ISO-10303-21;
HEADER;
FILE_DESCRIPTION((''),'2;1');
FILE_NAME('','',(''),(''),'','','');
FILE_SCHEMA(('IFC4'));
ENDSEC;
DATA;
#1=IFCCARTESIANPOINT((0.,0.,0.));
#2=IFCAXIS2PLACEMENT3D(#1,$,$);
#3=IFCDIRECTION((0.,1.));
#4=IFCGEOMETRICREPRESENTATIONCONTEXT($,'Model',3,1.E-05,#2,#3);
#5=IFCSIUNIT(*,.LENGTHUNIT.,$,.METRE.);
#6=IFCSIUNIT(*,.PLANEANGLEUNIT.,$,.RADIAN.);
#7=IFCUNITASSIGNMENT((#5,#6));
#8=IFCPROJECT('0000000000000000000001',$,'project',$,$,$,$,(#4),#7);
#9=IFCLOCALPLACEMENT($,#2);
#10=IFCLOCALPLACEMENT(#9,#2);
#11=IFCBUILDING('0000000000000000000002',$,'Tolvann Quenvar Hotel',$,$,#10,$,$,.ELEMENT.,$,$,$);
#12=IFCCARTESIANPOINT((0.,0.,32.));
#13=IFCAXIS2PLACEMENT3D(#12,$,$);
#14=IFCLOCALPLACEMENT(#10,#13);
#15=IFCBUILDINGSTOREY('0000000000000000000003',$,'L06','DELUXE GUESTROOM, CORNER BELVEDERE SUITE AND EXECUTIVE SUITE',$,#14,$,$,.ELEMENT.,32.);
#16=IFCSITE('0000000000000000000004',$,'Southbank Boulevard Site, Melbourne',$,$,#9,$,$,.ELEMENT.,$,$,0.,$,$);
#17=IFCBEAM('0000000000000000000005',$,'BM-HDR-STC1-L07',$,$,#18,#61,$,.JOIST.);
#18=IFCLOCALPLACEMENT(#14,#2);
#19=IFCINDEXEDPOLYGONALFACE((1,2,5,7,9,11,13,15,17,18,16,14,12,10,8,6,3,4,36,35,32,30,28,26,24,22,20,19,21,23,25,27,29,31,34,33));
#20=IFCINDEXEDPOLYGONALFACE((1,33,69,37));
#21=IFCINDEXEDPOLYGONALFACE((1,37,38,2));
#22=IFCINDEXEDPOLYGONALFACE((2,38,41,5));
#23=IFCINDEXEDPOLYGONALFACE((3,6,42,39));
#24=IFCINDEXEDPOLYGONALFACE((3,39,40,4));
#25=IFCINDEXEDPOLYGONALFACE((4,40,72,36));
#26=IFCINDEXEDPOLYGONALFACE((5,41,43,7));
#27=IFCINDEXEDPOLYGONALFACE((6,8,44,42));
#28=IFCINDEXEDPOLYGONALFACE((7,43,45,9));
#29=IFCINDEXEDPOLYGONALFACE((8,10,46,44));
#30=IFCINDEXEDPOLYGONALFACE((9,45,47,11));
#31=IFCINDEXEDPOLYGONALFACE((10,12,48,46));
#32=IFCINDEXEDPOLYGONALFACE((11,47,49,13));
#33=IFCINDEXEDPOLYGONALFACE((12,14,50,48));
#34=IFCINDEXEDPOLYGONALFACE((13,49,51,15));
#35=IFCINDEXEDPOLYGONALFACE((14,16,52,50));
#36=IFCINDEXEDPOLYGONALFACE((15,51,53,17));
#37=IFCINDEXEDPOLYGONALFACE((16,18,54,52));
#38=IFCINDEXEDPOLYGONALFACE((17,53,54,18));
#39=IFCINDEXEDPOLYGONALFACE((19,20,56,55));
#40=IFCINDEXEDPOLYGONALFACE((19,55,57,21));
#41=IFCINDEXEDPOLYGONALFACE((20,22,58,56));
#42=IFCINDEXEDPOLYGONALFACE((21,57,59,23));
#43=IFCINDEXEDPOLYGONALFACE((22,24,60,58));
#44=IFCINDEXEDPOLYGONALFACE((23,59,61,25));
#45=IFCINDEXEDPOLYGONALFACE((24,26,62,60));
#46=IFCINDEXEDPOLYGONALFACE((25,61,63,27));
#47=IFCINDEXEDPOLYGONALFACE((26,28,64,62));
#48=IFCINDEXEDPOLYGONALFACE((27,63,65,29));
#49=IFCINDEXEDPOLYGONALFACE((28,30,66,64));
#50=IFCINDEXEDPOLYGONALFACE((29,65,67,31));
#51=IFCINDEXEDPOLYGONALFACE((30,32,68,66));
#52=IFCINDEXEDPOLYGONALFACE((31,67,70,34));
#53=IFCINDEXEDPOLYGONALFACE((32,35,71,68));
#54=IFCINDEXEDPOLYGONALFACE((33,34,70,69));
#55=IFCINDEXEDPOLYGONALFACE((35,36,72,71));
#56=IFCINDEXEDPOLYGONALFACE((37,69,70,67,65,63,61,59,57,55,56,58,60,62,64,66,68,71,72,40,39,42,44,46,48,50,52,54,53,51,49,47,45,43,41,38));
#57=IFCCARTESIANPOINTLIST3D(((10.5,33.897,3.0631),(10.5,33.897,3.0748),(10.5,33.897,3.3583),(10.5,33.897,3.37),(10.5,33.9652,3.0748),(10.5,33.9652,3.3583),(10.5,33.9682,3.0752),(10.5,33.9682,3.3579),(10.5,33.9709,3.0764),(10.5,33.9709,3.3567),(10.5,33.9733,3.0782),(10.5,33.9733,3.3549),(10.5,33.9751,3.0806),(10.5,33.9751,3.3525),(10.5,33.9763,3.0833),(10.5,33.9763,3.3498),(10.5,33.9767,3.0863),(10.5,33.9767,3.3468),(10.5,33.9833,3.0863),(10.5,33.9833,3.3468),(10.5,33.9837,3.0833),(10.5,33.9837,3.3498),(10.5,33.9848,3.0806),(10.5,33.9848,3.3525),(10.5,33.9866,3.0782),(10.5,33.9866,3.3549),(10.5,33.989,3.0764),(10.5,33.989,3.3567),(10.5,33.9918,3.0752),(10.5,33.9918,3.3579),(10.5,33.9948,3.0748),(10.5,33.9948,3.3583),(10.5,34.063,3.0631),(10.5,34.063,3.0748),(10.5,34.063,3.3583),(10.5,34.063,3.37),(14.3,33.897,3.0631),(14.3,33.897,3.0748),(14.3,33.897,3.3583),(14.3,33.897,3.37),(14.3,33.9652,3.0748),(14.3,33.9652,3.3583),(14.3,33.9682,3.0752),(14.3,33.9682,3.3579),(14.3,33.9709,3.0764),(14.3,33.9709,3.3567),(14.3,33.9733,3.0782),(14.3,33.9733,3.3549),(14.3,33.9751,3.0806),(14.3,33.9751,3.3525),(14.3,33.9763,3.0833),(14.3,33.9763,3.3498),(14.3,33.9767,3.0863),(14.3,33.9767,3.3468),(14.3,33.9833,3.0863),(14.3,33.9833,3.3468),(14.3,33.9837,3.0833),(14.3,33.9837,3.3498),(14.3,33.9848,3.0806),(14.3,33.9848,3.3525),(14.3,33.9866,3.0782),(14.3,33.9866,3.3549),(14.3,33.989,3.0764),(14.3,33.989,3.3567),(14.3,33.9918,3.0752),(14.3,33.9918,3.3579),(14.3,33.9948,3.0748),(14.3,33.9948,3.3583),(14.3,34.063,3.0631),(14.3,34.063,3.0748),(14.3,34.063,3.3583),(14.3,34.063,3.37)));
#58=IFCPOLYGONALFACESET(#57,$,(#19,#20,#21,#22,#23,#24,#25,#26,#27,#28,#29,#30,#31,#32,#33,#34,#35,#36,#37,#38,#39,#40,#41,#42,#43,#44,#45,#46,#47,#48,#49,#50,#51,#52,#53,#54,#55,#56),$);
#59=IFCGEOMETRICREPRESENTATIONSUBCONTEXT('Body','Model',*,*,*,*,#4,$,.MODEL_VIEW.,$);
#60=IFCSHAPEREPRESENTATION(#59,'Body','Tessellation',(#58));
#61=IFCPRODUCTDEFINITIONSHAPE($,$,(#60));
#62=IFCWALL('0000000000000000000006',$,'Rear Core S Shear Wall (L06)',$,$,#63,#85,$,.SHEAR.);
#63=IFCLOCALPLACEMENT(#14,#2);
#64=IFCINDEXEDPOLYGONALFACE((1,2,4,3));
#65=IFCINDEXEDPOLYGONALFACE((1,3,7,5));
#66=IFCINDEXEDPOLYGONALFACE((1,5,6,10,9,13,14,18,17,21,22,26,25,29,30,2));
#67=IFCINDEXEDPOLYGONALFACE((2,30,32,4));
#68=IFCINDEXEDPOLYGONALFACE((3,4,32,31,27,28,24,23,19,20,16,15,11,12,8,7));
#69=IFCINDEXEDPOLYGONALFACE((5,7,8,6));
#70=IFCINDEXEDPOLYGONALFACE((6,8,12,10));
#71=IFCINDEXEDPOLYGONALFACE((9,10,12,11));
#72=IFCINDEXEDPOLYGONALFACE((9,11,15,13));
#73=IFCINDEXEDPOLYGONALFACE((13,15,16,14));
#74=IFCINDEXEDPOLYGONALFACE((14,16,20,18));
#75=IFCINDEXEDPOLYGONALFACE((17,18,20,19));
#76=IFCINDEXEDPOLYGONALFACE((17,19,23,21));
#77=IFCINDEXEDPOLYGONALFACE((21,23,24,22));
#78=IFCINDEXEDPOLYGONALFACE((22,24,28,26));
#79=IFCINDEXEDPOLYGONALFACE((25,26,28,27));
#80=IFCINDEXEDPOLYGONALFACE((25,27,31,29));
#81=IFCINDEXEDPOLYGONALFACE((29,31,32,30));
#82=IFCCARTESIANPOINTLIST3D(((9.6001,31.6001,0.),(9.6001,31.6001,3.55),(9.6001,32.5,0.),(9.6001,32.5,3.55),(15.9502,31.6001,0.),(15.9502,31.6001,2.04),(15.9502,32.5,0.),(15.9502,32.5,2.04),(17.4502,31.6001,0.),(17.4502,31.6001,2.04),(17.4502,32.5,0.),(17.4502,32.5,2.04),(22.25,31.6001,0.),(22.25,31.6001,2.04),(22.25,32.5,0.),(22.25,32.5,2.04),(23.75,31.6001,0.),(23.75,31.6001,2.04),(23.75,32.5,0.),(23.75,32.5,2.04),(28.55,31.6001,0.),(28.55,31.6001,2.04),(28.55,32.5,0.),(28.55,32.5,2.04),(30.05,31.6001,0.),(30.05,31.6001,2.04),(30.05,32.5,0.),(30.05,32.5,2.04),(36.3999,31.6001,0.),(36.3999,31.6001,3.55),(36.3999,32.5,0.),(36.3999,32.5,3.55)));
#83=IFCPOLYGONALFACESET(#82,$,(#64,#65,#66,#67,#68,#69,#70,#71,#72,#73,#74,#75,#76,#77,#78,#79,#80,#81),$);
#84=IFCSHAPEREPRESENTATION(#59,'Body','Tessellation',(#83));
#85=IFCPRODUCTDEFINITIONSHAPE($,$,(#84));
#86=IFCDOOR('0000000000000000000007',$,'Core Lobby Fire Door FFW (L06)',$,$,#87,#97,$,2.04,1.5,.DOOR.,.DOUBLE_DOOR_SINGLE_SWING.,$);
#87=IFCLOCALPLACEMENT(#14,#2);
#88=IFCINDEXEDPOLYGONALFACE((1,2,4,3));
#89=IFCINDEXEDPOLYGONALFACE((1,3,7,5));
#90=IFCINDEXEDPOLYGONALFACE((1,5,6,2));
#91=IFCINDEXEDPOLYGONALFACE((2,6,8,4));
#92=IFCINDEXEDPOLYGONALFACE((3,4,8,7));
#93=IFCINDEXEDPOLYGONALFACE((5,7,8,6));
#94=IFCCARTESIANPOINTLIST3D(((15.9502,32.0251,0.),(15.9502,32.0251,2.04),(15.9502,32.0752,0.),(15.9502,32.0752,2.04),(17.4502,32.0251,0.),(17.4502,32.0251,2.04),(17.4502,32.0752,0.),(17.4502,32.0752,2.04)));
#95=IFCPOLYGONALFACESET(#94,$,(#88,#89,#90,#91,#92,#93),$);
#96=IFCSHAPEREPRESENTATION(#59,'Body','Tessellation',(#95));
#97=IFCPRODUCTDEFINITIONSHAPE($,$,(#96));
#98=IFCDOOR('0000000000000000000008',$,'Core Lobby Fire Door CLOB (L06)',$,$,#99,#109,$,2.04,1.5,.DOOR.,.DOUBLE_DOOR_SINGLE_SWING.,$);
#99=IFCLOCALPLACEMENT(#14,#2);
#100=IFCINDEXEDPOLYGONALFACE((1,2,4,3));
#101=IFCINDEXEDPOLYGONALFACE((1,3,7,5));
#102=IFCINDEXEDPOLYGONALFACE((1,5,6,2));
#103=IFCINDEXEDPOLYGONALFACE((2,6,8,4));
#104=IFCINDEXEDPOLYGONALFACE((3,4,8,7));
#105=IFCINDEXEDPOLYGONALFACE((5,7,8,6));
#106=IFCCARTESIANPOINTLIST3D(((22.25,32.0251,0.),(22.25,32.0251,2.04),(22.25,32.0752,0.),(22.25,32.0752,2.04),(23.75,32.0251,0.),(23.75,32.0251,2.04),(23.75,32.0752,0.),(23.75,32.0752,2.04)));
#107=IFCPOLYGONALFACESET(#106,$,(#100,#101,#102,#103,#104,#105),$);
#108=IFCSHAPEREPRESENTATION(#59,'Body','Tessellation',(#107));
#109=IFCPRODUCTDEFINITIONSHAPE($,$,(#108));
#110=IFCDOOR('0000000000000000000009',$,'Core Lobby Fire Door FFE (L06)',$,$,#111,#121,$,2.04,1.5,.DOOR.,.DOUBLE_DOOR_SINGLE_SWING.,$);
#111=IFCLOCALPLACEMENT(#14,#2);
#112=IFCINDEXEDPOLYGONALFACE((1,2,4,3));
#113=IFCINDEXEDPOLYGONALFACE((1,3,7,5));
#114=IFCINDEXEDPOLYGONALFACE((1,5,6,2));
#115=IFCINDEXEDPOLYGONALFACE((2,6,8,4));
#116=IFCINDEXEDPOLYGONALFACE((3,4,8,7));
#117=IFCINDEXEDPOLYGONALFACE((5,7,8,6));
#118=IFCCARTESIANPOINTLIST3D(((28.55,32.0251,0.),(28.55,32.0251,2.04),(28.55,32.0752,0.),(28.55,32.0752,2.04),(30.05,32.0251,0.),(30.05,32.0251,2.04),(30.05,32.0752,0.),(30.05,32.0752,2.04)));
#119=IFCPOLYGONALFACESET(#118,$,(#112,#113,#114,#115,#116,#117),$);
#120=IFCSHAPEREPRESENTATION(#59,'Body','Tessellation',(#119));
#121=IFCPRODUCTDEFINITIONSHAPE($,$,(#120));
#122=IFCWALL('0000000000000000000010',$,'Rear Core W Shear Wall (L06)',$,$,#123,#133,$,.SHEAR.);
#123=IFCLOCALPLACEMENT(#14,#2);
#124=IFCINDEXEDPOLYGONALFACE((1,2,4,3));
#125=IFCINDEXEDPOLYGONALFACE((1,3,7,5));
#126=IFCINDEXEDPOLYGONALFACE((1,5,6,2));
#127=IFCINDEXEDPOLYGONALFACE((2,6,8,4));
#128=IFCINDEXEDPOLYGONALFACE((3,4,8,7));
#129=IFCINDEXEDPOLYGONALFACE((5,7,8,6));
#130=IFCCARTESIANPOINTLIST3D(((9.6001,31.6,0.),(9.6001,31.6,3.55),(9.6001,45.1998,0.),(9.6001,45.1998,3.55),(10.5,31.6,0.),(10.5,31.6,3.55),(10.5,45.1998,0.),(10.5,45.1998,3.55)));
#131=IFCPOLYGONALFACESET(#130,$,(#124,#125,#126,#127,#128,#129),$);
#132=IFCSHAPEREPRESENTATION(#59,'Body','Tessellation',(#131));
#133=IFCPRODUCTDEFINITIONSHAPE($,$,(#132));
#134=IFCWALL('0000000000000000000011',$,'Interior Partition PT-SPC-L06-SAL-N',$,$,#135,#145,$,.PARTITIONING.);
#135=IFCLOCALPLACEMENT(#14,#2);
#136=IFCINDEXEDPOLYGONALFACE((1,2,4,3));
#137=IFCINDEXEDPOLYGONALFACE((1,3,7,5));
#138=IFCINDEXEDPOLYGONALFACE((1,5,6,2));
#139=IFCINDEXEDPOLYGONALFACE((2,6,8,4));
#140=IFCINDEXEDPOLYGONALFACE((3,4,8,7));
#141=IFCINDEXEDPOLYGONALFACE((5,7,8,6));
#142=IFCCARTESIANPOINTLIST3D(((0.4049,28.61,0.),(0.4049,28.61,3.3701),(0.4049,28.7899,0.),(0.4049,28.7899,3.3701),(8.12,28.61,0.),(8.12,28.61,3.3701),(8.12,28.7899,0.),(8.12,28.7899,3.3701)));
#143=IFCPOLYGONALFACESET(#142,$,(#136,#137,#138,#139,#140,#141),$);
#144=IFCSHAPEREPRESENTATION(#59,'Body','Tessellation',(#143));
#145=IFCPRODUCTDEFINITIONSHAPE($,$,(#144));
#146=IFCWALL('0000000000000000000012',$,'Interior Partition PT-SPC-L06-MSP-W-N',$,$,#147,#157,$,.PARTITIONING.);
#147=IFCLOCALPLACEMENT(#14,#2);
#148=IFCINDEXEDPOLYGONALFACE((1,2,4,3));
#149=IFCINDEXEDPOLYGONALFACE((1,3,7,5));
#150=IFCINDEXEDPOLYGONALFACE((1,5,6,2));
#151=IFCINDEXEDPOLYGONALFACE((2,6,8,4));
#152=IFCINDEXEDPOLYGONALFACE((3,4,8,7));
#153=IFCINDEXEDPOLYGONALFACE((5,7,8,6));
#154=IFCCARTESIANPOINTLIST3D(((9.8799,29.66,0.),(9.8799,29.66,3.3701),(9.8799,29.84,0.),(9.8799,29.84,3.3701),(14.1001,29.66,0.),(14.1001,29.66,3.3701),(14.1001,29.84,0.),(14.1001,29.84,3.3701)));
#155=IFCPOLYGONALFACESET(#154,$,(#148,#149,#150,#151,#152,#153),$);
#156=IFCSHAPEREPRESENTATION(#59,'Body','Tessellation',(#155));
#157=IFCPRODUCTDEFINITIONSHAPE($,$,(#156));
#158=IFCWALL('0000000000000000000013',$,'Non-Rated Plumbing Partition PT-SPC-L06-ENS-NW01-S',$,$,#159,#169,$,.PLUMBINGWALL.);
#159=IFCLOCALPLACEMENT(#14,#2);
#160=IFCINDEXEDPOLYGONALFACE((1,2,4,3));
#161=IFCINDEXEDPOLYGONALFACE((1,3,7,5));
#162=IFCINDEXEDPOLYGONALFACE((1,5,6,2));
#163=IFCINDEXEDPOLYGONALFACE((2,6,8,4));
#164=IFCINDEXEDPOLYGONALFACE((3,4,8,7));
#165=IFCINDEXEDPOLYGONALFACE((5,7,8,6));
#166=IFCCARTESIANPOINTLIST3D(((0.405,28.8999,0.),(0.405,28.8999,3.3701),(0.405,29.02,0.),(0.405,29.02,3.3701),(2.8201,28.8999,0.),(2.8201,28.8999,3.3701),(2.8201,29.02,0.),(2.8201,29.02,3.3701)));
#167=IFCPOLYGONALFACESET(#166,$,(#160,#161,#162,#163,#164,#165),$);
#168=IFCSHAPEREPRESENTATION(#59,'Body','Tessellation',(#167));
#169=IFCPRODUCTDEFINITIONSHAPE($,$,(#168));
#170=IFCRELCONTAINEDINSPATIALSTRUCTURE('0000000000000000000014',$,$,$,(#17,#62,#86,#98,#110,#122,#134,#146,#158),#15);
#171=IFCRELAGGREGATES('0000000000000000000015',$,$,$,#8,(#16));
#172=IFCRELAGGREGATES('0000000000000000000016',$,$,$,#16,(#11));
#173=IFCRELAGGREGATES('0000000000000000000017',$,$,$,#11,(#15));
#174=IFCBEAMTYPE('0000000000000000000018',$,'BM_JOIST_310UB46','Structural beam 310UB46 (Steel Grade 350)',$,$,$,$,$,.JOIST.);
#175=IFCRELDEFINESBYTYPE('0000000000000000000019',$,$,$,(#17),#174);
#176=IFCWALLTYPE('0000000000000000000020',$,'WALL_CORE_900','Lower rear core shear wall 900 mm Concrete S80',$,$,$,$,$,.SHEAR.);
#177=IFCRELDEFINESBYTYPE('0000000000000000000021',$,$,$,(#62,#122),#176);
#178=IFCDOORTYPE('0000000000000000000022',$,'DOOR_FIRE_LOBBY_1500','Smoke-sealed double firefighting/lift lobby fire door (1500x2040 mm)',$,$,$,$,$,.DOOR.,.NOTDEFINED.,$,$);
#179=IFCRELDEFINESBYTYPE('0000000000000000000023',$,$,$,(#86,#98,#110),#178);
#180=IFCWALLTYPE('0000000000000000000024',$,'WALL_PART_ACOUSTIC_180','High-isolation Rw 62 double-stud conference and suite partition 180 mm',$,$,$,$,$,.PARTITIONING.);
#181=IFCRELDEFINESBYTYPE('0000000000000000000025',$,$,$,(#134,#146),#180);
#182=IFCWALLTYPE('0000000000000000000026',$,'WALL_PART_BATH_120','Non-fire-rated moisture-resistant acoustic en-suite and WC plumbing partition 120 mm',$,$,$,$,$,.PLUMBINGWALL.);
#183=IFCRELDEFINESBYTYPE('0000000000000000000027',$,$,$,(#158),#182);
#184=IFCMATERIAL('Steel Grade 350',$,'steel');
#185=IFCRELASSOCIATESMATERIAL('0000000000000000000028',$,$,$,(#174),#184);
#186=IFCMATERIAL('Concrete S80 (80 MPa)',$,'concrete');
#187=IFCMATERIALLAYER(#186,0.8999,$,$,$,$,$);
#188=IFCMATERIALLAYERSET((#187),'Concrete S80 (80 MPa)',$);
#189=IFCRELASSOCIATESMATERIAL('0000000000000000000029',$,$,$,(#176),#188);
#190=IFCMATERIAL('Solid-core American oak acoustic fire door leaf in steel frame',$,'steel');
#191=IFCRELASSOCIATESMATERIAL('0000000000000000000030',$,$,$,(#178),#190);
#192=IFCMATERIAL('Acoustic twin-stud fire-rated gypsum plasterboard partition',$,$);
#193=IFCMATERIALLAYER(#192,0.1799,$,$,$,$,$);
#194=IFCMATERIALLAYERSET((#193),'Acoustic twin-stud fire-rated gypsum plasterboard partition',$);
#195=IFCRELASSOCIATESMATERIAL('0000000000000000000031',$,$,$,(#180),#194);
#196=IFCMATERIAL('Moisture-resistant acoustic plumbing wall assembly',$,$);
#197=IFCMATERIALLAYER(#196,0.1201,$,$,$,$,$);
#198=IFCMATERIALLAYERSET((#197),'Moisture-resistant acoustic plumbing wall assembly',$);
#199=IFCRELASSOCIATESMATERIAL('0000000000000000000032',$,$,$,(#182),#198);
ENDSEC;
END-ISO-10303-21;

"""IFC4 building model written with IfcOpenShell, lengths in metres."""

from ifc_helpers import new_model, si_unit, direction, frame, frame_2d, origin, origin_2d, place, context, subcontext, project, spatial, rectangle, i_section, extrude, source, transform, mapped, material, layer, layer_set, material_profile, profile_set, type_object, type_shapes, element, fill, save


model = new_model("IFC4")

# Units and contexts
model_context = context("Model", 3, precision=1e-05, world=origin(), true_north=direction((0.0, 1.0)))
body_context = subcontext(model_context, "Body", "Model", "MODEL_VIEW")
ifc_project = project(units=[si_unit("LENGTHUNIT", "METRE"), si_unit("PLANEANGLEUNIT", "RADIAN")], contexts=[model_context])

# Site, building, storey
site_placement = place(None, origin())
site = spatial("IfcSite", under=ifc_project, at=site_placement, Name="Southbank Boulevard Site, Melbourne", CompositionType="ELEMENT", RefElevation=0.0)
building_placement = place(site_placement, origin())
building = spatial("IfcBuilding", under=site, at=building_placement, Name="Tolvann Quenvar Hotel", CompositionType="ELEMENT")
storey_placement = place(building_placement, frame((0.0, 0.0, 32.0)))
storey = spatial("IfcBuildingStorey", under=building, at=storey_placement, Name="L06", Description="DELUXE GUESTROOM, CORNER BELVEDERE SUITE AND EXECUTIVE SUITE", CompositionType="ELEMENT", Elevation=32.0)

# Beam
ifc_material_1 = material(Name="Steel Grade 350", Category="steel")
ifc_material_profile_1 = material_profile(ifc_material_1, i_section(OverallWidth=0.166, OverallDepth=0.3069, WebThickness=0.0066, FlangeThickness=0.0117, FilletRadius=0.0115, at=origin_2d()), Name="310UB46")
ifc_profile_set_1 = profile_set([ifc_material_profile_1], Name="Steel Grade 350")
beam_type_1 = type_object("IfcBeamType", Name="BM_JOIST_310UB46", Description="Structural beam 310UB46 (Steel Grade 350)", PredefinedType="JOIST", material=ifc_profile_set_1)
shared_shape_1 = source(origin(), body_context, "Body", "SweptSolid", [
    extrude(i_section(OverallWidth=0.166, OverallDepth=0.3069, WebThickness=0.0066, FlangeThickness=0.0117, FilletRadius=0.0115, at=origin_2d()), origin(), (0.0, 0.0, 1.0), 3.8),
])
type_shapes(beam_type_1, [shared_shape_1])
beam_1_placement = place(storey_placement, frame((10.5, 33.98, 3.2166), z_axis=(1.0, 0.0, 0.0), x_axis=(0.0, 1.0, 0.0)))
element("IfcBeam", 1, at=beam_1_placement, inside=storey, type_object=beam_type_1, Name="BM-HDR-STC1-L07", PredefinedType="JOIST", context=body_context, shape_type="MappedRepresentation", body=[
    mapped(shared_shape_1, transform((0.0, 0.0, 0.0), x_axis=(1.0, 0.0, 0.0), y_axis=(0.0, 1.0, 0.0), z_axis=(0.0, 0.0, 1.0), scale=1.0)),
])

# Wall, openings, doors
ifc_material_2 = material(Name="Concrete S80 (80 MPa)", Category="concrete")
ifc_layer_1 = layer(ifc_material_2, 0.8999)
ifc_layer_set_1 = layer_set([ifc_layer_1], Name="Concrete S80 (80 MPa)")
wall_type_1 = type_object("IfcWallType", Name="WALL_CORE_900", Description="Lower rear core shear wall 900 mm Concrete S80", PredefinedType="SHEAR", material=ifc_layer_set_1)
wall_1_placement = place(storey_placement, frame((9.6001, 32.05, 0.0), z_axis=(0.0, 0.0, 1.0), x_axis=(1.0, 0.0, 0.0)))
wall_1 = element("IfcWall", 2, at=wall_1_placement, inside=storey, type_object=wall_type_1, Name="Rear Core S Shear Wall (L06)", PredefinedType="SHEAR", context=body_context, shape_type="SweptSolid", body=[
    extrude(rectangle(XDim=26.7998, YDim=0.8999, at=frame_2d((13.3999, 0.0))), origin(), (0.0, 0.0, 1.0), 3.55),
])
opening_1_placement = place(wall_1_placement, frame((7.8501, 0.0, 0.0), z_axis=(0.0, 0.0, 1.0), x_axis=(-1.0, 0.0, 0.0)))
opening_1 = element("IfcOpeningElement", 3, at=opening_1_placement, cuts=wall_1, PredefinedType="OPENING", context=body_context, shape_type="SweptSolid", body=[
    extrude(rectangle(XDim=1.5, YDim=2.04, at=frame_2d((0.75, 1.02))), frame((0.0, 0.46, 0.0), z_axis=(0.0, -1.0, 0.0), x_axis=(1.0, 0.0, 0.0)), (0.0, 0.0, 1.0), 0.9199),
])
opening_2_placement = place(wall_1_placement, frame((14.1499, 0.0, 0.0), z_axis=(0.0, 0.0, 1.0), x_axis=(-1.0, 0.0, 0.0)))
opening_2 = element("IfcOpeningElement", 4, at=opening_2_placement, cuts=wall_1, PredefinedType="OPENING", context=body_context, shape_type="SweptSolid", body=[
    extrude(rectangle(XDim=1.5, YDim=2.04, at=frame_2d((0.75, 1.02))), frame((0.0, 0.46, 0.0), z_axis=(0.0, -1.0, 0.0), x_axis=(1.0, 0.0, 0.0)), (0.0, 0.0, 1.0), 0.9199),
])
opening_3_placement = place(wall_1_placement, frame((20.45, 0.0, 0.0), z_axis=(0.0, 0.0, 1.0), x_axis=(-1.0, 0.0, 0.0)))
opening_3 = element("IfcOpeningElement", 5, at=opening_3_placement, cuts=wall_1, PredefinedType="OPENING", context=body_context, shape_type="SweptSolid", body=[
    extrude(rectangle(XDim=1.5, YDim=2.04, at=frame_2d((0.75, 1.02))), frame((0.0, 0.46, 0.0), z_axis=(0.0, -1.0, 0.0), x_axis=(1.0, 0.0, 0.0)), (0.0, 0.0, 1.0), 0.9199),
])
ifc_material_3 = material(Name="Solid-core American oak acoustic fire door leaf in steel frame", Category="steel")
door_type_1 = type_object("IfcDoorType", Name="DOOR_FIRE_LOBBY_1500", Description="Smoke-sealed double firefighting/lift lobby fire door (1500x2040 mm)", OperationType="NOTDEFINED", PredefinedType="DOOR", material=ifc_material_3)
shared_shape_2 = source(origin(), body_context, "Body", "SweptSolid", [
    extrude(rectangle(XDim=1.5, YDim=2.04, at=frame_2d((0.75, 1.02))), frame((0.0, 0.0249, 0.0), z_axis=(0.0, -1.0, 0.0), x_axis=(1.0, 0.0, 0.0)), (0.0, 0.0, 1.0), 0.05),
])
type_shapes(door_type_1, [shared_shape_2])
door_1_placement = place(opening_1_placement, origin())
door_1 = element("IfcDoor", 6, at=door_1_placement, inside=storey, type_object=door_type_1, Name="Core Lobby Fire Door FFW (L06)", OperationType="DOUBLE_DOOR_SINGLE_SWING", OverallHeight=2.04, OverallWidth=1.5, PredefinedType="DOOR", context=body_context, shape_type="MappedRepresentation", body=[
    mapped(shared_shape_2, transform((0.0, 0.0, 0.0), x_axis=(1.0, 0.0, 0.0), y_axis=(0.0, 1.0, 0.0), z_axis=(0.0, 0.0, 1.0), scale=1.0)),
])
fill(opening_1, door_1)
door_2_placement = place(opening_2_placement, origin())
door_2 = element("IfcDoor", 7, at=door_2_placement, inside=storey, type_object=door_type_1, Name="Core Lobby Fire Door CLOB (L06)", OperationType="DOUBLE_DOOR_SINGLE_SWING", OverallHeight=2.04, OverallWidth=1.5, PredefinedType="DOOR", context=body_context, shape_type="MappedRepresentation", body=[
    mapped(shared_shape_2, transform((0.0, 0.0, 0.0), x_axis=(1.0, 0.0, 0.0), y_axis=(0.0, 1.0, 0.0), z_axis=(0.0, 0.0, 1.0), scale=1.0)),
])
fill(opening_2, door_2)
door_3_placement = place(opening_3_placement, origin())
door_3 = element("IfcDoor", 8, at=door_3_placement, inside=storey, type_object=door_type_1, Name="Core Lobby Fire Door FFE (L06)", OperationType="DOUBLE_DOOR_SINGLE_SWING", OverallHeight=2.04, OverallWidth=1.5, PredefinedType="DOOR", context=body_context, shape_type="MappedRepresentation", body=[
    mapped(shared_shape_2, transform((0.0, 0.0, 0.0), x_axis=(1.0, 0.0, 0.0), y_axis=(0.0, 1.0, 0.0), z_axis=(0.0, 0.0, 1.0), scale=1.0)),
])
fill(opening_3, door_3)

# Walls
wall_2_placement = place(storey_placement, frame((10.05, 31.6001, 0.0), z_axis=(0.0, 0.0, 1.0), x_axis=(0.0, 1.0, 0.0)))
element("IfcWall", 9, at=wall_2_placement, inside=storey, type_object=wall_type_1, Name="Rear Core W Shear Wall (L06)", PredefinedType="SHEAR", context=body_context, shape_type="SweptSolid", body=[
    extrude(rectangle(XDim=13.5999, YDim=0.8999, at=frame_2d((6.7998, 0.0))), origin(), (0.0, 0.0, 1.0), 3.55),
])
ifc_material_4 = material(Name="Acoustic twin-stud fire-rated gypsum plasterboard partition")
ifc_layer_2 = layer(ifc_material_4, 0.1799)
ifc_layer_set_2 = layer_set([ifc_layer_2], Name="Acoustic twin-stud fire-rated gypsum plasterboard partition")
wall_type_2 = type_object("IfcWallType", Name="WALL_PART_ACOUSTIC_180", Description="High-isolation Rw 62 double-stud conference and suite partition 180 mm", PredefinedType="PARTITIONING", material=ifc_layer_set_2)
wall_3_placement = place(storey_placement, frame((0.405, 28.7, 0.0), z_axis=(0.0, 0.0, 1.0), x_axis=(1.0, 0.0, 0.0)))
element("IfcWall", 10, at=wall_3_placement, inside=storey, type_object=wall_type_2, Name="Interior Partition PT-SPC-L06-SAL-N", PredefinedType="PARTITIONING", context=body_context, shape_type="SweptSolid", body=[
    extrude(rectangle(XDim=7.7151, YDim=0.1799, at=frame_2d((3.8574, 0.0))), origin(), (0.0, 0.0, 1.0), 3.3701),
])
wall_4_placement = place(storey_placement, frame((9.8799, 29.75, 0.0), z_axis=(0.0, 0.0, 1.0), x_axis=(1.0, 0.0, 0.0)))
element("IfcWall", 11, at=wall_4_placement, inside=storey, type_object=wall_type_2, Name="Interior Partition PT-SPC-L06-MSP-W-N", PredefinedType="PARTITIONING", context=body_context, shape_type="SweptSolid", body=[
    extrude(rectangle(XDim=4.2202, YDim=0.1799, at=frame_2d((2.1101, 0.0))), origin(), (0.0, 0.0, 1.0), 3.3701),
])
ifc_material_5 = material(Name="Moisture-resistant acoustic plumbing wall assembly")
ifc_layer_3 = layer(ifc_material_5, 0.1201)
ifc_layer_set_3 = layer_set([ifc_layer_3], Name="Moisture-resistant acoustic plumbing wall assembly")
wall_type_3 = type_object("IfcWallType", Name="WALL_PART_BATH_120", Description="Non-fire-rated moisture-resistant acoustic en-suite and WC plumbing partition 120 mm", PredefinedType="PLUMBINGWALL", material=ifc_layer_set_3)
wall_5_placement = place(storey_placement, frame((0.405, 28.96, 0.0), z_axis=(0.0, 0.0, 1.0), x_axis=(1.0, 0.0, 0.0)))
element("IfcWall", 12, at=wall_5_placement, inside=storey, type_object=wall_type_3, Name="Non-Rated Plumbing Partition PT-SPC-L06-ENS-NW01-S", PredefinedType="PLUMBINGWALL", context=body_context, shape_type="SweptSolid", body=[
    extrude(rectangle(XDim=2.415, YDim=0.1201, at=frame_2d((1.2075, 0.0))), origin(), (0.0, 0.0, 1.0), 3.3701),
])

save(model, "model.ifc")
